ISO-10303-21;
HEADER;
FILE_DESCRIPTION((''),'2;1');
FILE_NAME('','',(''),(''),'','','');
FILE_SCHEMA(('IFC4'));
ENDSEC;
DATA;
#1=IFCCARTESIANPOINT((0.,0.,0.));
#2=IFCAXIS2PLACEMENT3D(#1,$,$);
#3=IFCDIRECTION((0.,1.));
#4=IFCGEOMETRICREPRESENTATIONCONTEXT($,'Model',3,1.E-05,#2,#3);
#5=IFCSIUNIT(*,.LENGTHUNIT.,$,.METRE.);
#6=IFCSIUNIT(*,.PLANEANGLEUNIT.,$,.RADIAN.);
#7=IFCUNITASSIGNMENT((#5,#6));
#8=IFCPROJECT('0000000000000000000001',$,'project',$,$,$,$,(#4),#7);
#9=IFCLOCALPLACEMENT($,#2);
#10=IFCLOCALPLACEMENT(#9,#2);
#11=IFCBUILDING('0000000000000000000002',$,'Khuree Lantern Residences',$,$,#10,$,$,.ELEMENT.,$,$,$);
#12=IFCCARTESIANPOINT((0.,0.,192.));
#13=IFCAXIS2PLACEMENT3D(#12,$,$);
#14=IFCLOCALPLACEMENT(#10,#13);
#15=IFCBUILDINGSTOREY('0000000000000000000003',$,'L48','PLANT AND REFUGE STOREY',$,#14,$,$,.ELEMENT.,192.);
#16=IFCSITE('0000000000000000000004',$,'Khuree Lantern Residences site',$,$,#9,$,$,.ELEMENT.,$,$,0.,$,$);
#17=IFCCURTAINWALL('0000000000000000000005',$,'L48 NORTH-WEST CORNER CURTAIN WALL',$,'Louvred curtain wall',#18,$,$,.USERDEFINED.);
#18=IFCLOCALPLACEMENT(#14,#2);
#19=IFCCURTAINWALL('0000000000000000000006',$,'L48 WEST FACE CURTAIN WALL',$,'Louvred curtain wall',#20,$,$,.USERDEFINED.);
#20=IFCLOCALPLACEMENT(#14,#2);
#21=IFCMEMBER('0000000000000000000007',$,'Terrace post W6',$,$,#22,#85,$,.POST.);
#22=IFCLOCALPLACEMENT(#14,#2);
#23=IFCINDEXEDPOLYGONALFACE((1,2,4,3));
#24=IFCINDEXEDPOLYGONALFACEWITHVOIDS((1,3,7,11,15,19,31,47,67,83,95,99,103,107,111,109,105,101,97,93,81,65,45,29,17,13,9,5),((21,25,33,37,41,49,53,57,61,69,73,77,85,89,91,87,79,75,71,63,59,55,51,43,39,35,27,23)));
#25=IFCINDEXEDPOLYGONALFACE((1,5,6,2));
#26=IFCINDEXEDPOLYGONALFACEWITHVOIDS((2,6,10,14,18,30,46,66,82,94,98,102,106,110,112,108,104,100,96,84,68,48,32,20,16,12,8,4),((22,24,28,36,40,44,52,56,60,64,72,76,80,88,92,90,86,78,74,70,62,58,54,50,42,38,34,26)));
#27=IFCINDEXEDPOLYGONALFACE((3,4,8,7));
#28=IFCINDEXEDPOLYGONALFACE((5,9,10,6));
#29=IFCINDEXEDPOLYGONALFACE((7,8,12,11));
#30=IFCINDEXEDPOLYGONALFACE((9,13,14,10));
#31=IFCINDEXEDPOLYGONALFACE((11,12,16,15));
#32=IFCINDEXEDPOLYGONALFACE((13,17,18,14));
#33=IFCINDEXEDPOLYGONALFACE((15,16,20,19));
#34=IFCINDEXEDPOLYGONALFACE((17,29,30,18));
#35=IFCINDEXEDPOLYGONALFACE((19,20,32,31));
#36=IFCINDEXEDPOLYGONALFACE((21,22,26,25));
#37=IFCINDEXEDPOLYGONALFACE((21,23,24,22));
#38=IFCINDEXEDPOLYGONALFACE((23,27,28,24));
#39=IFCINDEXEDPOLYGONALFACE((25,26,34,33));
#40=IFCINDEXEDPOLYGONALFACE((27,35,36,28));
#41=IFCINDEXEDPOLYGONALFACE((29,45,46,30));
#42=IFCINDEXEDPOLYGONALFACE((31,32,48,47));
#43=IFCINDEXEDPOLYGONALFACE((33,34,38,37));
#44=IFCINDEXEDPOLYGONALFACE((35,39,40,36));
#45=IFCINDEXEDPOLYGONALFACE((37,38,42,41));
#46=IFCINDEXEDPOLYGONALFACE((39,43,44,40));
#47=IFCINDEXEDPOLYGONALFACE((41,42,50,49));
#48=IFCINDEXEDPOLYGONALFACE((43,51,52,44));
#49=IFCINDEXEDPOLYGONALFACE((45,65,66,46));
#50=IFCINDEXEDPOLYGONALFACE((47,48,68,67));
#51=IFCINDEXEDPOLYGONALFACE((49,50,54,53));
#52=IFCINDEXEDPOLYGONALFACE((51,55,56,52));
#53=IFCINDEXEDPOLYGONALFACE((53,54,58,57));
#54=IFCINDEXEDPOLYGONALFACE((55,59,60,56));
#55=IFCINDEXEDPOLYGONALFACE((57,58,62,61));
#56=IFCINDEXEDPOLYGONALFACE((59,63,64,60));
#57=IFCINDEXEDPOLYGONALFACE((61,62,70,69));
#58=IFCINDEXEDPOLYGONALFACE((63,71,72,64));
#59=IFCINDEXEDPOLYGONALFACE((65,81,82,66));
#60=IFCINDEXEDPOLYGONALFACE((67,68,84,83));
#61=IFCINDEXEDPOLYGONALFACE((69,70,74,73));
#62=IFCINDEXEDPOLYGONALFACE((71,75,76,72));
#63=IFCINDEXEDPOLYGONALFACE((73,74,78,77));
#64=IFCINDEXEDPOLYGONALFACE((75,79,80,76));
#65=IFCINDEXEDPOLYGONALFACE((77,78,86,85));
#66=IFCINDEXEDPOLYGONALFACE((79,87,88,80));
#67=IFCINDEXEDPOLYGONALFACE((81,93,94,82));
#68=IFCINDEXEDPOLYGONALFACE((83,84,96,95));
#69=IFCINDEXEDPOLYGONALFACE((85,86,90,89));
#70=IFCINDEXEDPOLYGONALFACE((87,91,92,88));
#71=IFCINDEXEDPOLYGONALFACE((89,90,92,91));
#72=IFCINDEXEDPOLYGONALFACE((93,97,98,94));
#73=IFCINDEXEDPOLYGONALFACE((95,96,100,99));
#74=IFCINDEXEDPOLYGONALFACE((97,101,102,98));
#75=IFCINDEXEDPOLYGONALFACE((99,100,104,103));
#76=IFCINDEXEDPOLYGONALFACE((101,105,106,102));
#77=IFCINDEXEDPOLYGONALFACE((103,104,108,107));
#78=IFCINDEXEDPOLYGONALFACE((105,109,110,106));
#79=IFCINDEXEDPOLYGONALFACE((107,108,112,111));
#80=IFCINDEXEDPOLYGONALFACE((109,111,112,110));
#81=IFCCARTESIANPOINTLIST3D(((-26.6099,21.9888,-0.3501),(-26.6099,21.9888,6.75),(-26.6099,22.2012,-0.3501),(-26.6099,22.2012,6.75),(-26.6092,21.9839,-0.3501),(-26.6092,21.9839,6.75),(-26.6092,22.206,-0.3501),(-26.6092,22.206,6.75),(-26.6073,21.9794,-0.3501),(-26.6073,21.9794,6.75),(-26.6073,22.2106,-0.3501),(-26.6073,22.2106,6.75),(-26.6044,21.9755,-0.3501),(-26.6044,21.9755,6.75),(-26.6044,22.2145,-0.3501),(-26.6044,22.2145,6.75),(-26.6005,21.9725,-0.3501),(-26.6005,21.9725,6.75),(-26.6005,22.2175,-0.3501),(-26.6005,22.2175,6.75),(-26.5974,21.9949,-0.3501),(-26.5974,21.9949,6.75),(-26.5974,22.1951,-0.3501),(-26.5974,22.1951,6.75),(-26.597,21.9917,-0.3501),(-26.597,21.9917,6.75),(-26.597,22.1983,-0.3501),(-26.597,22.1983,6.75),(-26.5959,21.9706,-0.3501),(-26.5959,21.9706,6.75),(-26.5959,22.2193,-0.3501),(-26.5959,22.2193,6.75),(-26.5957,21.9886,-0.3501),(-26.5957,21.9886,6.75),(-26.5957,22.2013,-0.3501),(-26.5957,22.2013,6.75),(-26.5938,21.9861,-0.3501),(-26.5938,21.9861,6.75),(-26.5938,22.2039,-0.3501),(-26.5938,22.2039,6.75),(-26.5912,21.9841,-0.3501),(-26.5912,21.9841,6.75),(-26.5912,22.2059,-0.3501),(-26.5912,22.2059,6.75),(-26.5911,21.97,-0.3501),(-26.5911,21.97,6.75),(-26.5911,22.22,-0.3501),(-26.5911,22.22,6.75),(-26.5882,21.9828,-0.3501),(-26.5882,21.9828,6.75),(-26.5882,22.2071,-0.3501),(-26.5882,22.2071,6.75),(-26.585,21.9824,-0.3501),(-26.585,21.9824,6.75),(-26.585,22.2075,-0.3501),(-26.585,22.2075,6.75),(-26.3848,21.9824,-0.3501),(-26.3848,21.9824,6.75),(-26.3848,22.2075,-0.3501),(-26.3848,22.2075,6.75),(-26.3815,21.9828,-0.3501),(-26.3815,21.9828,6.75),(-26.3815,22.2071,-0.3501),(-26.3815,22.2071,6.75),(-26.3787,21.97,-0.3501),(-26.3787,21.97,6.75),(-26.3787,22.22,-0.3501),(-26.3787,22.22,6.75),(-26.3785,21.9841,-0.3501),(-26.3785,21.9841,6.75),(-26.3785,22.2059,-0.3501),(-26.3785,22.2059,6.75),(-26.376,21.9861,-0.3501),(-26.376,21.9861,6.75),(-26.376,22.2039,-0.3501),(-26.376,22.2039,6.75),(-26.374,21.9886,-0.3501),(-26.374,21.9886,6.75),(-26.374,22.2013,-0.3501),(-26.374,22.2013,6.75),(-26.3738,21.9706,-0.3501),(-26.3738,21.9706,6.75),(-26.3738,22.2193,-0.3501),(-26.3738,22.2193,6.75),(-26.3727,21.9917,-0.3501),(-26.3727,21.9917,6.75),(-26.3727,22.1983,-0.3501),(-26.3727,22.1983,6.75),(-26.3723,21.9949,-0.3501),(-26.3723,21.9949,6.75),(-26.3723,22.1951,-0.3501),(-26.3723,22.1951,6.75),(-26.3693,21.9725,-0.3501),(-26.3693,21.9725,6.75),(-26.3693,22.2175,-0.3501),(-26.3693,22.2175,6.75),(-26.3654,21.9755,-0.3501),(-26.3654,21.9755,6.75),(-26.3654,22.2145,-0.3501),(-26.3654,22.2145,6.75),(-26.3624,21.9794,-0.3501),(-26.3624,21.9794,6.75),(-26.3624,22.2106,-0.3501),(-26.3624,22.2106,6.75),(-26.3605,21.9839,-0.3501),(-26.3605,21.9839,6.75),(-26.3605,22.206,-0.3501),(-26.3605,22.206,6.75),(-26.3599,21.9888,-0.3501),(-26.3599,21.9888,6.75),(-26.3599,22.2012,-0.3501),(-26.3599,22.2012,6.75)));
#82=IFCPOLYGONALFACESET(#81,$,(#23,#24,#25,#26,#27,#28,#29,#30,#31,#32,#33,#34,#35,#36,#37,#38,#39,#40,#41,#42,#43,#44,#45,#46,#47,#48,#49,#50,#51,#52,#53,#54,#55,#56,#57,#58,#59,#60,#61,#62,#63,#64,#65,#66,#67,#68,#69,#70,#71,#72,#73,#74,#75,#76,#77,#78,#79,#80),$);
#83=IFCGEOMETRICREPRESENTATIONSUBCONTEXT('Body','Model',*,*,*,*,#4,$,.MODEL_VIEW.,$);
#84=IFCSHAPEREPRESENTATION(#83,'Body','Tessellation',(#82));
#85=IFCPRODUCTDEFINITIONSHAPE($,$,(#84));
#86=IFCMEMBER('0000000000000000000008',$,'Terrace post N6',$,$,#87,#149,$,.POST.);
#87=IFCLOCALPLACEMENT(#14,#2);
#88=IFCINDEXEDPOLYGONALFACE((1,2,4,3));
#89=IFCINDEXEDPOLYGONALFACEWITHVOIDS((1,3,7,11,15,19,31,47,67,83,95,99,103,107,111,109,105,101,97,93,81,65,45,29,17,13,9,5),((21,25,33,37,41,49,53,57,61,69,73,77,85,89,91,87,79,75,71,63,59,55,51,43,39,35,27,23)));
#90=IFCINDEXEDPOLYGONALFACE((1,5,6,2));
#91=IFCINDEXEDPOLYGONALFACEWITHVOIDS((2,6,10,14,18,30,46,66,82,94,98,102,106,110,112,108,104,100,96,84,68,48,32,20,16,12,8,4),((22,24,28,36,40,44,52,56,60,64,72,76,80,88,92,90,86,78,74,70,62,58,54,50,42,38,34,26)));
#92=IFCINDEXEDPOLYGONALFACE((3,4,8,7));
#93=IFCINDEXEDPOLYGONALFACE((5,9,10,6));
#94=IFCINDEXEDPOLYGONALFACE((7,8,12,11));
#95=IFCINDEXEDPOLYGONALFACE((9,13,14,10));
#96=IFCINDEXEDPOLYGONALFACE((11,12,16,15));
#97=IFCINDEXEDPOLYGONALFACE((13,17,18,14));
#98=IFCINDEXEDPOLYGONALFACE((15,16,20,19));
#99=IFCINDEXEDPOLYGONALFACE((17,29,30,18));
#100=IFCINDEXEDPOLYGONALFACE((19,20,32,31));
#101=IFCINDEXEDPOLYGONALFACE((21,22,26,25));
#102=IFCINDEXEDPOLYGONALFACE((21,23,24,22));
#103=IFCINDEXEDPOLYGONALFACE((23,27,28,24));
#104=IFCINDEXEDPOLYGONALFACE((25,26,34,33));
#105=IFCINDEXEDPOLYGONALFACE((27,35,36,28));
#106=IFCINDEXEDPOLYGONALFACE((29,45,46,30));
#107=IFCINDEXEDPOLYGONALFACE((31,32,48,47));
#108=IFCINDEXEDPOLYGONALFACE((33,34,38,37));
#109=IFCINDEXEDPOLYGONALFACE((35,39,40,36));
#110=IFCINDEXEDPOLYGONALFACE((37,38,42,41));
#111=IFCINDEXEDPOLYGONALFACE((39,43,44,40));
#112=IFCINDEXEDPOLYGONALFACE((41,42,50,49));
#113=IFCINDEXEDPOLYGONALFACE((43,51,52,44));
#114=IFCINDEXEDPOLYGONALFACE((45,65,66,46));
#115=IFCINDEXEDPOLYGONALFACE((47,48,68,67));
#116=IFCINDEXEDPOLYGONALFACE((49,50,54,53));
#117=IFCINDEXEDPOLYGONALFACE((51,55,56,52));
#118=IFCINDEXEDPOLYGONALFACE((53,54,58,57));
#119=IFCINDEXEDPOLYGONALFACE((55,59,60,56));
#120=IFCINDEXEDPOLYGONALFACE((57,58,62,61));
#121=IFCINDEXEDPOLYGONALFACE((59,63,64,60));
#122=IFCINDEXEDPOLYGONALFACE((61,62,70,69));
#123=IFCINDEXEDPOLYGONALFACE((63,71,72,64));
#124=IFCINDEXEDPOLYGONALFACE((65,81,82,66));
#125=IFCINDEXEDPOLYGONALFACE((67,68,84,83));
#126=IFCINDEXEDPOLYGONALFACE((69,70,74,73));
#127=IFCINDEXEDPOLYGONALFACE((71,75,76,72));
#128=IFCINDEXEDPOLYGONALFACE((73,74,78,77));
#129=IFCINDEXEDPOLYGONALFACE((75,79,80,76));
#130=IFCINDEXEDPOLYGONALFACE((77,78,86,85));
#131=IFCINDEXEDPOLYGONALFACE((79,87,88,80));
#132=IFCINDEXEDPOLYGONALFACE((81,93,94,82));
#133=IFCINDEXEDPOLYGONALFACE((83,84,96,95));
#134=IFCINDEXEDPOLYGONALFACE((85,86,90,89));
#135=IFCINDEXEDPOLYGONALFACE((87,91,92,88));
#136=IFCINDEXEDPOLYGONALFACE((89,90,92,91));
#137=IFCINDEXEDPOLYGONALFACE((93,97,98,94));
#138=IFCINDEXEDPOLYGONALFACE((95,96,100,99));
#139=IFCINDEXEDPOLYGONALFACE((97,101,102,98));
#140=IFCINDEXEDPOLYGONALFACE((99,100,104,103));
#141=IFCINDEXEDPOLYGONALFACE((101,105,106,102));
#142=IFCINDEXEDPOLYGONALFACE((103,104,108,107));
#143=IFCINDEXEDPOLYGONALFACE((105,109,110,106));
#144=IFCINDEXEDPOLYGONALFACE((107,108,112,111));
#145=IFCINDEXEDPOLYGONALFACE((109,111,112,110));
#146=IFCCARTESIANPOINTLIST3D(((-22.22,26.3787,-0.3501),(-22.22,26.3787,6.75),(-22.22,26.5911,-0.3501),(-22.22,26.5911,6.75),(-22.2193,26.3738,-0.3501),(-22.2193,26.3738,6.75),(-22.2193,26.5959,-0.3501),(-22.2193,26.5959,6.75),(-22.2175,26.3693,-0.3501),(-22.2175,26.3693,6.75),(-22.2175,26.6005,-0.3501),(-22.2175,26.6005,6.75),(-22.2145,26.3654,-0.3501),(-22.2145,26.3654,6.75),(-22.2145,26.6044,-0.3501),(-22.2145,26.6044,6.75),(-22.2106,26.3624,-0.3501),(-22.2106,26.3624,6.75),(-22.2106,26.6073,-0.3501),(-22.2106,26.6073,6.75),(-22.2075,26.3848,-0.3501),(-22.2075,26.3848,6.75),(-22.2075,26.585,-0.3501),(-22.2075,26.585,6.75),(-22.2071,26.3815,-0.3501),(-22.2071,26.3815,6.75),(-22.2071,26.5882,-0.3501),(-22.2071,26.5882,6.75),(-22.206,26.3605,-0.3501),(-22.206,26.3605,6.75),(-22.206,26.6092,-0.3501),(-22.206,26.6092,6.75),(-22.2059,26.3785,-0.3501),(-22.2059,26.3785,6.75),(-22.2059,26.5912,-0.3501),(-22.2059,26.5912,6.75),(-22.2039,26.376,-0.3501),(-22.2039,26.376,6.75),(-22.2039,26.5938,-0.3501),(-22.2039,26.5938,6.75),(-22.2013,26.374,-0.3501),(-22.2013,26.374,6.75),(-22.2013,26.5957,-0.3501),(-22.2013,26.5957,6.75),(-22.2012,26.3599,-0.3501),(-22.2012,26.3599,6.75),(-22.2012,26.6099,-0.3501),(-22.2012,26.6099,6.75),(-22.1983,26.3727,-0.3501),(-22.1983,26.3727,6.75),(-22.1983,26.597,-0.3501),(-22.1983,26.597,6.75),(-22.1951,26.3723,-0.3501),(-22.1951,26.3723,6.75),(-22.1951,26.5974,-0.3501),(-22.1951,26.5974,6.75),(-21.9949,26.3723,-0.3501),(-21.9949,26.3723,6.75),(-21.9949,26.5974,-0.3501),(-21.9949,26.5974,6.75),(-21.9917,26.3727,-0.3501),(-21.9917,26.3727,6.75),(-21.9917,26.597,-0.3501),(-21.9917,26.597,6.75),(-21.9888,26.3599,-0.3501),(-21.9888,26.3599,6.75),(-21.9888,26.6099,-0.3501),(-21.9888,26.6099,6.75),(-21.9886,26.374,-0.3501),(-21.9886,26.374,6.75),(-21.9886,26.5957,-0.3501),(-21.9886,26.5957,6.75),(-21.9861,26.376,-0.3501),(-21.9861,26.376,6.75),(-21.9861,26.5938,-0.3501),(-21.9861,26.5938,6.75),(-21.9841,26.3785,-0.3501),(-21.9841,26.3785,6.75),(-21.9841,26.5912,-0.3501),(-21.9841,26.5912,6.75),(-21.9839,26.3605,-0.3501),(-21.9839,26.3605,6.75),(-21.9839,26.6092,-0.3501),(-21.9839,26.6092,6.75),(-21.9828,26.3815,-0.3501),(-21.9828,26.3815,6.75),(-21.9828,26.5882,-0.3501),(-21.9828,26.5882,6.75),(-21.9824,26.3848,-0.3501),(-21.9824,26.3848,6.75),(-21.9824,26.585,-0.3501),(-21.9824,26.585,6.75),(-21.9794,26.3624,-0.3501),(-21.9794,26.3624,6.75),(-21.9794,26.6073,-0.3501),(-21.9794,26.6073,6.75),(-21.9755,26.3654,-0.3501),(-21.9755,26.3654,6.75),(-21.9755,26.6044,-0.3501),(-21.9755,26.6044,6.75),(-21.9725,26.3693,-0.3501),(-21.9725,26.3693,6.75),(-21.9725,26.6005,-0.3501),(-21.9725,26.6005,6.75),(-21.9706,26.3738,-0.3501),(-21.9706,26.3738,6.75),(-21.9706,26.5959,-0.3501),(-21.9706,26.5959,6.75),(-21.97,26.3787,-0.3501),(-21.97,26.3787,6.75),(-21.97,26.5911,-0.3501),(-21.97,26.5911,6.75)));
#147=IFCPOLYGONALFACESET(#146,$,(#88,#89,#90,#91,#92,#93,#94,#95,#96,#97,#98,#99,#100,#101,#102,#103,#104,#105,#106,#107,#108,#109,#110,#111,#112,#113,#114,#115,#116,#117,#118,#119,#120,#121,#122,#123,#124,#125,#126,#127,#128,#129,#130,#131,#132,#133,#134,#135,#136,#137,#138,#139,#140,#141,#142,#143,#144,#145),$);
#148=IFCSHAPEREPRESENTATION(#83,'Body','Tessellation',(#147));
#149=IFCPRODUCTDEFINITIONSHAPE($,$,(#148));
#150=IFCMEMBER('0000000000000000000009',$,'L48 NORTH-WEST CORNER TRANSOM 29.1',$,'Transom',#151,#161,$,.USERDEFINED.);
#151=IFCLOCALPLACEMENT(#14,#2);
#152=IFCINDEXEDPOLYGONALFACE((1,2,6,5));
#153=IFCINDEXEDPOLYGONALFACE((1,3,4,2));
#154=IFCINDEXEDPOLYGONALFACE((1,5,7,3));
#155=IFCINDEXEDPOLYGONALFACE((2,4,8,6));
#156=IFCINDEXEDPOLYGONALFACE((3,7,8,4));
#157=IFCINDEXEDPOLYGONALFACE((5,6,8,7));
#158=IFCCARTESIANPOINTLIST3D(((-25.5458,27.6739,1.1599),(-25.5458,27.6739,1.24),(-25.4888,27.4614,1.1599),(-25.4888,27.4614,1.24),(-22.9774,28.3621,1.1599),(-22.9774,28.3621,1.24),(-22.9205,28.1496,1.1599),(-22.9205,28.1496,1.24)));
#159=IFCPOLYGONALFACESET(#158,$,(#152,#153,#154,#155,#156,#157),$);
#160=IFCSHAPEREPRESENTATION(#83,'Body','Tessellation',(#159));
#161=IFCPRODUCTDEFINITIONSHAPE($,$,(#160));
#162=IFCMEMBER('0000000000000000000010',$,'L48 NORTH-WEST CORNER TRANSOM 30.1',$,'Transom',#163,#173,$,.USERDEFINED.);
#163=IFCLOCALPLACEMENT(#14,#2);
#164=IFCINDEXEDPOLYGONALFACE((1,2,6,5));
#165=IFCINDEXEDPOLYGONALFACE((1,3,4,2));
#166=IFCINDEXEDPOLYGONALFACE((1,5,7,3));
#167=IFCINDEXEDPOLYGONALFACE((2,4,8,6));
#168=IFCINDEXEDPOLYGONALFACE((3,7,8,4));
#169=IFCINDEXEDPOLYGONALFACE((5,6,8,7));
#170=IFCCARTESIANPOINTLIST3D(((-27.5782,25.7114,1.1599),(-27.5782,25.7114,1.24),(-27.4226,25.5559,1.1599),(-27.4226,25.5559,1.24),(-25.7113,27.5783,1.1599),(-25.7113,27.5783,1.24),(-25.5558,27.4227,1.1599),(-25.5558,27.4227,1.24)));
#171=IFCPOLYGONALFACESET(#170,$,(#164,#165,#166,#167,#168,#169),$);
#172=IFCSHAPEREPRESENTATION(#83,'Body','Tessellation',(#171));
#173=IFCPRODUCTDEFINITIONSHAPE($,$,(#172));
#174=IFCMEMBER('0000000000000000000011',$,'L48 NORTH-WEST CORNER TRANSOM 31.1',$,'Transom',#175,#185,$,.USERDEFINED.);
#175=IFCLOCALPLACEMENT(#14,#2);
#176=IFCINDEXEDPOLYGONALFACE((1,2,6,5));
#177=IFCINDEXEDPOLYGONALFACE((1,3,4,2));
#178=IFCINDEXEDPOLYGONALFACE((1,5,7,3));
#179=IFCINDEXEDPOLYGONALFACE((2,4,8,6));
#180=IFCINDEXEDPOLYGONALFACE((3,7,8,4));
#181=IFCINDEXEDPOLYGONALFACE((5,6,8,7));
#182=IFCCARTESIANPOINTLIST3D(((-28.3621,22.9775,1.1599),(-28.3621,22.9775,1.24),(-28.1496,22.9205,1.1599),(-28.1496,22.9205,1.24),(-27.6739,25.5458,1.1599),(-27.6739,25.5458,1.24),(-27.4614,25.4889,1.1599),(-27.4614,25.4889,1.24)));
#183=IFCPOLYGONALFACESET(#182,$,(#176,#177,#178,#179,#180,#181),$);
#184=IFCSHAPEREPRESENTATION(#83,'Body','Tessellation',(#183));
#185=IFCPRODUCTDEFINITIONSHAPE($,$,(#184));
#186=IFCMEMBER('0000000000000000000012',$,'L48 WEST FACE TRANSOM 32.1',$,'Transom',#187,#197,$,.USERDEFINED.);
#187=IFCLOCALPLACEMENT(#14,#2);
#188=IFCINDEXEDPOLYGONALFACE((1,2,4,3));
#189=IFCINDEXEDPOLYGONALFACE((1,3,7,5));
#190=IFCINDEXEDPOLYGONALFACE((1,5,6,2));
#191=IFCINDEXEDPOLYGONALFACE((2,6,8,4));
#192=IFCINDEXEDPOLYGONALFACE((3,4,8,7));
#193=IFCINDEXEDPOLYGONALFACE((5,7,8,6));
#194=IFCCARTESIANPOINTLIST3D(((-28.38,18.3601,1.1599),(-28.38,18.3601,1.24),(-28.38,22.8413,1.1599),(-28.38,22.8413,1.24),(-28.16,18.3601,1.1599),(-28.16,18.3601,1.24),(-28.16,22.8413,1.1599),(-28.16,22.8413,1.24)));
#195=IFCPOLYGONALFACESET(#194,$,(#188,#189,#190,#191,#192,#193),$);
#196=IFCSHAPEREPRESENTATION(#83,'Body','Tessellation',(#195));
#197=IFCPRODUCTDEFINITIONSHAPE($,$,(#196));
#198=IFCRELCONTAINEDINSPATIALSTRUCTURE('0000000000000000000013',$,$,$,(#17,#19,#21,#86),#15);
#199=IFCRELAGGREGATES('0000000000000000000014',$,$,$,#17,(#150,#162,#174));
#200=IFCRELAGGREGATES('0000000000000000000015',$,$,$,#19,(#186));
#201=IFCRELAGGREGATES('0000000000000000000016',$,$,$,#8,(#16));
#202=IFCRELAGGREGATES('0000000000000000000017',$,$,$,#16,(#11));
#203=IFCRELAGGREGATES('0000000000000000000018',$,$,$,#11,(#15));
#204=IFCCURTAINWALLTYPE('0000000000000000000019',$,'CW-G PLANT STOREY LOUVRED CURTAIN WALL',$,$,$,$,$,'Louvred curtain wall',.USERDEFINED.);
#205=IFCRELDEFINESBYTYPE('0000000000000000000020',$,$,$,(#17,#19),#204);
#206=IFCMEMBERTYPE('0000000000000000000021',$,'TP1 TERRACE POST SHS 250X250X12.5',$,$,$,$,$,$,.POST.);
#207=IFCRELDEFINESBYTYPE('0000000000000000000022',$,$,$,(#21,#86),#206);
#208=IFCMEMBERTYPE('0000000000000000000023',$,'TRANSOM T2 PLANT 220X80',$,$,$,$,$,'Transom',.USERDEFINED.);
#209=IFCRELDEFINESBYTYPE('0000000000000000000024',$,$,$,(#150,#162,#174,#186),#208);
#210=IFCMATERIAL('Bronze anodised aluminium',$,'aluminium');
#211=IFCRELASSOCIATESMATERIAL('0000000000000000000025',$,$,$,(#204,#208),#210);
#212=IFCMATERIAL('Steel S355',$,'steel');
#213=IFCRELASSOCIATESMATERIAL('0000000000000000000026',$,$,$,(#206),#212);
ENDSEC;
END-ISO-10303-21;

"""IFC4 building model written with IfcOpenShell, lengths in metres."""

from ifc_helpers import new_model, si_unit, direction, frame, origin, origin_2d, place, context, subcontext, project, spatial, rectangle, hollow_rectangle, extrude, material, material_profile, profile_set, type_object, element, aggregate, save


model = new_model("IFC4")

# Units and contexts
model_context = context("Model", 3, precision=1e-05, world=origin(), true_north=direction((0.0, 1.0)))
body_context = subcontext(model_context, "Body", "Model", "MODEL_VIEW")
ifc_project = project(units=[si_unit("LENGTHUNIT", "METRE"), si_unit("PLANEANGLEUNIT", "RADIAN")], contexts=[model_context])

# Site, building, storey
site_placement = place(None, origin())
site = spatial("IfcSite", under=ifc_project, at=site_placement, Name="Khuree Lantern Residences site", CompositionType="ELEMENT", RefElevation=0.0)
building_placement = place(site_placement, origin())
building = spatial("IfcBuilding", under=site, at=building_placement, Name="Khuree Lantern Residences", CompositionType="ELEMENT")
storey_placement = place(building_placement, frame((0.0, 0.0, 192.0)))
storey = spatial("IfcBuildingStorey", under=building, at=storey_placement, Name="L48", Description="PLANT AND REFUGE STOREY", CompositionType="ELEMENT", Elevation=192.0)

# Shared definitions
ifc_material_1 = material(Name="Steel S355", Category="steel")

# Curtain walls
ifc_material_2 = material(Name="Bronze anodised aluminium", Category="aluminium")
curtain_wall_type = type_object("IfcCurtainWallType", Name="CW-G PLANT STOREY LOUVRED CURTAIN WALL", ElementType="Louvred curtain wall", PredefinedType="USERDEFINED", material=ifc_material_2)
curtain_wall_1_placement = place(storey_placement, origin())
curtain_wall_1 = element("IfcCurtainWall", 1, at=curtain_wall_1_placement, inside=storey, type_object=curtain_wall_type, Name="L48 NORTH-WEST CORNER CURTAIN WALL", ObjectType="Louvred curtain wall", PredefinedType="USERDEFINED")
curtain_wall_2_placement = place(storey_placement, origin())
curtain_wall_2 = element("IfcCurtainWall", 2, at=curtain_wall_2_placement, inside=storey, type_object=curtain_wall_type, Name="L48 WEST FACE CURTAIN WALL", ObjectType="Louvred curtain wall", PredefinedType="USERDEFINED")

# Members
ifc_material_profile_1 = material_profile(ifc_material_1, hollow_rectangle(XDim=0.25, YDim=0.25, WallThickness=0.0125, InnerFilletRadius=0.0125, OuterFilletRadius=0.0188, at=origin_2d()), Name="SHS 250X250X12.5")
ifc_profile_set_1 = profile_set([ifc_material_profile_1], Name="Steel S355")
member_type_1 = type_object("IfcMemberType", Name="TP1 TERRACE POST SHS 250X250X12.5", PredefinedType="POST", material=ifc_profile_set_1)
for number, where, z_axis, x_axis, name in (
    (3, (-26.4849, 22.095, -0.3501), (0.0, 0.0, 1.0), (1.0, 0.0, 0.0), "Terrace post W6"),
    (4, (-22.095, 26.4849, -0.3501), (0.0, 0.0, 1.0), (1.0, 0.0, 0.0), "Terrace post N6"),
):
    element("IfcMember", number, at=place(storey_placement, frame(where, z_axis=z_axis, x_axis=x_axis)), inside=storey, type_object=member_type_1, Name=name, PredefinedType="POST", context=body_context, shape_type="SweptSolid", body=[
        extrude(hollow_rectangle(XDim=0.25, YDim=0.25, WallThickness=0.0125, InnerFilletRadius=0.0125, OuterFilletRadius=0.0188, at=origin_2d()), origin(), (0.0, 0.0, 1.0), 7.1001),
    ])

# Members
ifc_material_profile_2 = material_profile(ifc_material_2, rectangle(XDim=0.22, YDim=0.0801, at=origin_2d()), Name="T2 220X80")
ifc_profile_set_2 = profile_set([ifc_material_profile_2], Name="Bronze anodised aluminium")
member_type_2 = type_object("IfcMemberType", Name="TRANSOM T2 PLANT 220X80", ElementType="Transom", PredefinedType="USERDEFINED", material=ifc_profile_set_2)
member_1_placement = place(storey_placement, frame((-22.949, 28.2559, 1.2), z_axis=(-0.965922, -0.258834, 0.0), x_axis=(0.258834, -0.965922, 0.0)))
member_1 = element("IfcMember", 5, at=member_1_placement, type_object=member_type_2, Name="L48 NORTH-WEST CORNER TRANSOM 29.1", ObjectType="Transom", PredefinedType="USERDEFINED", context=body_context, shape_type="SweptSolid", body=[
    extrude(rectangle(XDim=0.22, YDim=0.0801, at=origin_2d()), origin(), (0.0, 0.0, 1.0), 2.6589),
])
member_2_placement = place(storey_placement, frame((-25.6335, 27.5005, 1.2), z_axis=(-0.707107, -0.707107, 0.0), x_axis=(0.707107, -0.707107, 0.0)))
member_2 = element("IfcMember", 6, at=member_2_placement, type_object=member_type_2, Name="L48 NORTH-WEST CORNER TRANSOM 30.1", ObjectType="Transom", PredefinedType="USERDEFINED", context=body_context, shape_type="SweptSolid", body=[
    extrude(rectangle(XDim=0.22, YDim=0.0801, at=origin_2d()), origin(), (0.0, 0.0, 1.0), 2.6401),
])
member_3_placement = place(storey_placement, frame((-27.5676, 25.5173, 1.2), z_axis=(-0.258834, -0.965922, 0.0), x_axis=(0.965922, -0.258834, 0.0)))
member_3 = element("IfcMember", 7, at=member_3_placement, type_object=member_type_2, Name="L48 NORTH-WEST CORNER TRANSOM 31.1", ObjectType="Transom", PredefinedType="USERDEFINED", context=body_context, shape_type="SweptSolid", body=[
    extrude(rectangle(XDim=0.22, YDim=0.0801, at=origin_2d()), origin(), (0.0, 0.0, 1.0), 2.6589),
])
member_4_placement = place(storey_placement, frame((-28.27, 22.8413, 1.2), z_axis=(0.0, -1.0, 0.0), x_axis=(1.0, 0.0, 0.0)))
member_4 = element("IfcMember", 8, at=member_4_placement, type_object=member_type_2, Name="L48 WEST FACE TRANSOM 32.1", ObjectType="Transom", PredefinedType="USERDEFINED", context=body_context, shape_type="SweptSolid", body=[
    extrude(rectangle(XDim=0.22, YDim=0.0801, at=origin_2d()), origin(), (0.0, 0.0, 1.0), 4.4812),
])

aggregate(curtain_wall_1, [member_1, member_2, member_3])
aggregate(curtain_wall_2, [member_4])

save(model, "model.ifc")
